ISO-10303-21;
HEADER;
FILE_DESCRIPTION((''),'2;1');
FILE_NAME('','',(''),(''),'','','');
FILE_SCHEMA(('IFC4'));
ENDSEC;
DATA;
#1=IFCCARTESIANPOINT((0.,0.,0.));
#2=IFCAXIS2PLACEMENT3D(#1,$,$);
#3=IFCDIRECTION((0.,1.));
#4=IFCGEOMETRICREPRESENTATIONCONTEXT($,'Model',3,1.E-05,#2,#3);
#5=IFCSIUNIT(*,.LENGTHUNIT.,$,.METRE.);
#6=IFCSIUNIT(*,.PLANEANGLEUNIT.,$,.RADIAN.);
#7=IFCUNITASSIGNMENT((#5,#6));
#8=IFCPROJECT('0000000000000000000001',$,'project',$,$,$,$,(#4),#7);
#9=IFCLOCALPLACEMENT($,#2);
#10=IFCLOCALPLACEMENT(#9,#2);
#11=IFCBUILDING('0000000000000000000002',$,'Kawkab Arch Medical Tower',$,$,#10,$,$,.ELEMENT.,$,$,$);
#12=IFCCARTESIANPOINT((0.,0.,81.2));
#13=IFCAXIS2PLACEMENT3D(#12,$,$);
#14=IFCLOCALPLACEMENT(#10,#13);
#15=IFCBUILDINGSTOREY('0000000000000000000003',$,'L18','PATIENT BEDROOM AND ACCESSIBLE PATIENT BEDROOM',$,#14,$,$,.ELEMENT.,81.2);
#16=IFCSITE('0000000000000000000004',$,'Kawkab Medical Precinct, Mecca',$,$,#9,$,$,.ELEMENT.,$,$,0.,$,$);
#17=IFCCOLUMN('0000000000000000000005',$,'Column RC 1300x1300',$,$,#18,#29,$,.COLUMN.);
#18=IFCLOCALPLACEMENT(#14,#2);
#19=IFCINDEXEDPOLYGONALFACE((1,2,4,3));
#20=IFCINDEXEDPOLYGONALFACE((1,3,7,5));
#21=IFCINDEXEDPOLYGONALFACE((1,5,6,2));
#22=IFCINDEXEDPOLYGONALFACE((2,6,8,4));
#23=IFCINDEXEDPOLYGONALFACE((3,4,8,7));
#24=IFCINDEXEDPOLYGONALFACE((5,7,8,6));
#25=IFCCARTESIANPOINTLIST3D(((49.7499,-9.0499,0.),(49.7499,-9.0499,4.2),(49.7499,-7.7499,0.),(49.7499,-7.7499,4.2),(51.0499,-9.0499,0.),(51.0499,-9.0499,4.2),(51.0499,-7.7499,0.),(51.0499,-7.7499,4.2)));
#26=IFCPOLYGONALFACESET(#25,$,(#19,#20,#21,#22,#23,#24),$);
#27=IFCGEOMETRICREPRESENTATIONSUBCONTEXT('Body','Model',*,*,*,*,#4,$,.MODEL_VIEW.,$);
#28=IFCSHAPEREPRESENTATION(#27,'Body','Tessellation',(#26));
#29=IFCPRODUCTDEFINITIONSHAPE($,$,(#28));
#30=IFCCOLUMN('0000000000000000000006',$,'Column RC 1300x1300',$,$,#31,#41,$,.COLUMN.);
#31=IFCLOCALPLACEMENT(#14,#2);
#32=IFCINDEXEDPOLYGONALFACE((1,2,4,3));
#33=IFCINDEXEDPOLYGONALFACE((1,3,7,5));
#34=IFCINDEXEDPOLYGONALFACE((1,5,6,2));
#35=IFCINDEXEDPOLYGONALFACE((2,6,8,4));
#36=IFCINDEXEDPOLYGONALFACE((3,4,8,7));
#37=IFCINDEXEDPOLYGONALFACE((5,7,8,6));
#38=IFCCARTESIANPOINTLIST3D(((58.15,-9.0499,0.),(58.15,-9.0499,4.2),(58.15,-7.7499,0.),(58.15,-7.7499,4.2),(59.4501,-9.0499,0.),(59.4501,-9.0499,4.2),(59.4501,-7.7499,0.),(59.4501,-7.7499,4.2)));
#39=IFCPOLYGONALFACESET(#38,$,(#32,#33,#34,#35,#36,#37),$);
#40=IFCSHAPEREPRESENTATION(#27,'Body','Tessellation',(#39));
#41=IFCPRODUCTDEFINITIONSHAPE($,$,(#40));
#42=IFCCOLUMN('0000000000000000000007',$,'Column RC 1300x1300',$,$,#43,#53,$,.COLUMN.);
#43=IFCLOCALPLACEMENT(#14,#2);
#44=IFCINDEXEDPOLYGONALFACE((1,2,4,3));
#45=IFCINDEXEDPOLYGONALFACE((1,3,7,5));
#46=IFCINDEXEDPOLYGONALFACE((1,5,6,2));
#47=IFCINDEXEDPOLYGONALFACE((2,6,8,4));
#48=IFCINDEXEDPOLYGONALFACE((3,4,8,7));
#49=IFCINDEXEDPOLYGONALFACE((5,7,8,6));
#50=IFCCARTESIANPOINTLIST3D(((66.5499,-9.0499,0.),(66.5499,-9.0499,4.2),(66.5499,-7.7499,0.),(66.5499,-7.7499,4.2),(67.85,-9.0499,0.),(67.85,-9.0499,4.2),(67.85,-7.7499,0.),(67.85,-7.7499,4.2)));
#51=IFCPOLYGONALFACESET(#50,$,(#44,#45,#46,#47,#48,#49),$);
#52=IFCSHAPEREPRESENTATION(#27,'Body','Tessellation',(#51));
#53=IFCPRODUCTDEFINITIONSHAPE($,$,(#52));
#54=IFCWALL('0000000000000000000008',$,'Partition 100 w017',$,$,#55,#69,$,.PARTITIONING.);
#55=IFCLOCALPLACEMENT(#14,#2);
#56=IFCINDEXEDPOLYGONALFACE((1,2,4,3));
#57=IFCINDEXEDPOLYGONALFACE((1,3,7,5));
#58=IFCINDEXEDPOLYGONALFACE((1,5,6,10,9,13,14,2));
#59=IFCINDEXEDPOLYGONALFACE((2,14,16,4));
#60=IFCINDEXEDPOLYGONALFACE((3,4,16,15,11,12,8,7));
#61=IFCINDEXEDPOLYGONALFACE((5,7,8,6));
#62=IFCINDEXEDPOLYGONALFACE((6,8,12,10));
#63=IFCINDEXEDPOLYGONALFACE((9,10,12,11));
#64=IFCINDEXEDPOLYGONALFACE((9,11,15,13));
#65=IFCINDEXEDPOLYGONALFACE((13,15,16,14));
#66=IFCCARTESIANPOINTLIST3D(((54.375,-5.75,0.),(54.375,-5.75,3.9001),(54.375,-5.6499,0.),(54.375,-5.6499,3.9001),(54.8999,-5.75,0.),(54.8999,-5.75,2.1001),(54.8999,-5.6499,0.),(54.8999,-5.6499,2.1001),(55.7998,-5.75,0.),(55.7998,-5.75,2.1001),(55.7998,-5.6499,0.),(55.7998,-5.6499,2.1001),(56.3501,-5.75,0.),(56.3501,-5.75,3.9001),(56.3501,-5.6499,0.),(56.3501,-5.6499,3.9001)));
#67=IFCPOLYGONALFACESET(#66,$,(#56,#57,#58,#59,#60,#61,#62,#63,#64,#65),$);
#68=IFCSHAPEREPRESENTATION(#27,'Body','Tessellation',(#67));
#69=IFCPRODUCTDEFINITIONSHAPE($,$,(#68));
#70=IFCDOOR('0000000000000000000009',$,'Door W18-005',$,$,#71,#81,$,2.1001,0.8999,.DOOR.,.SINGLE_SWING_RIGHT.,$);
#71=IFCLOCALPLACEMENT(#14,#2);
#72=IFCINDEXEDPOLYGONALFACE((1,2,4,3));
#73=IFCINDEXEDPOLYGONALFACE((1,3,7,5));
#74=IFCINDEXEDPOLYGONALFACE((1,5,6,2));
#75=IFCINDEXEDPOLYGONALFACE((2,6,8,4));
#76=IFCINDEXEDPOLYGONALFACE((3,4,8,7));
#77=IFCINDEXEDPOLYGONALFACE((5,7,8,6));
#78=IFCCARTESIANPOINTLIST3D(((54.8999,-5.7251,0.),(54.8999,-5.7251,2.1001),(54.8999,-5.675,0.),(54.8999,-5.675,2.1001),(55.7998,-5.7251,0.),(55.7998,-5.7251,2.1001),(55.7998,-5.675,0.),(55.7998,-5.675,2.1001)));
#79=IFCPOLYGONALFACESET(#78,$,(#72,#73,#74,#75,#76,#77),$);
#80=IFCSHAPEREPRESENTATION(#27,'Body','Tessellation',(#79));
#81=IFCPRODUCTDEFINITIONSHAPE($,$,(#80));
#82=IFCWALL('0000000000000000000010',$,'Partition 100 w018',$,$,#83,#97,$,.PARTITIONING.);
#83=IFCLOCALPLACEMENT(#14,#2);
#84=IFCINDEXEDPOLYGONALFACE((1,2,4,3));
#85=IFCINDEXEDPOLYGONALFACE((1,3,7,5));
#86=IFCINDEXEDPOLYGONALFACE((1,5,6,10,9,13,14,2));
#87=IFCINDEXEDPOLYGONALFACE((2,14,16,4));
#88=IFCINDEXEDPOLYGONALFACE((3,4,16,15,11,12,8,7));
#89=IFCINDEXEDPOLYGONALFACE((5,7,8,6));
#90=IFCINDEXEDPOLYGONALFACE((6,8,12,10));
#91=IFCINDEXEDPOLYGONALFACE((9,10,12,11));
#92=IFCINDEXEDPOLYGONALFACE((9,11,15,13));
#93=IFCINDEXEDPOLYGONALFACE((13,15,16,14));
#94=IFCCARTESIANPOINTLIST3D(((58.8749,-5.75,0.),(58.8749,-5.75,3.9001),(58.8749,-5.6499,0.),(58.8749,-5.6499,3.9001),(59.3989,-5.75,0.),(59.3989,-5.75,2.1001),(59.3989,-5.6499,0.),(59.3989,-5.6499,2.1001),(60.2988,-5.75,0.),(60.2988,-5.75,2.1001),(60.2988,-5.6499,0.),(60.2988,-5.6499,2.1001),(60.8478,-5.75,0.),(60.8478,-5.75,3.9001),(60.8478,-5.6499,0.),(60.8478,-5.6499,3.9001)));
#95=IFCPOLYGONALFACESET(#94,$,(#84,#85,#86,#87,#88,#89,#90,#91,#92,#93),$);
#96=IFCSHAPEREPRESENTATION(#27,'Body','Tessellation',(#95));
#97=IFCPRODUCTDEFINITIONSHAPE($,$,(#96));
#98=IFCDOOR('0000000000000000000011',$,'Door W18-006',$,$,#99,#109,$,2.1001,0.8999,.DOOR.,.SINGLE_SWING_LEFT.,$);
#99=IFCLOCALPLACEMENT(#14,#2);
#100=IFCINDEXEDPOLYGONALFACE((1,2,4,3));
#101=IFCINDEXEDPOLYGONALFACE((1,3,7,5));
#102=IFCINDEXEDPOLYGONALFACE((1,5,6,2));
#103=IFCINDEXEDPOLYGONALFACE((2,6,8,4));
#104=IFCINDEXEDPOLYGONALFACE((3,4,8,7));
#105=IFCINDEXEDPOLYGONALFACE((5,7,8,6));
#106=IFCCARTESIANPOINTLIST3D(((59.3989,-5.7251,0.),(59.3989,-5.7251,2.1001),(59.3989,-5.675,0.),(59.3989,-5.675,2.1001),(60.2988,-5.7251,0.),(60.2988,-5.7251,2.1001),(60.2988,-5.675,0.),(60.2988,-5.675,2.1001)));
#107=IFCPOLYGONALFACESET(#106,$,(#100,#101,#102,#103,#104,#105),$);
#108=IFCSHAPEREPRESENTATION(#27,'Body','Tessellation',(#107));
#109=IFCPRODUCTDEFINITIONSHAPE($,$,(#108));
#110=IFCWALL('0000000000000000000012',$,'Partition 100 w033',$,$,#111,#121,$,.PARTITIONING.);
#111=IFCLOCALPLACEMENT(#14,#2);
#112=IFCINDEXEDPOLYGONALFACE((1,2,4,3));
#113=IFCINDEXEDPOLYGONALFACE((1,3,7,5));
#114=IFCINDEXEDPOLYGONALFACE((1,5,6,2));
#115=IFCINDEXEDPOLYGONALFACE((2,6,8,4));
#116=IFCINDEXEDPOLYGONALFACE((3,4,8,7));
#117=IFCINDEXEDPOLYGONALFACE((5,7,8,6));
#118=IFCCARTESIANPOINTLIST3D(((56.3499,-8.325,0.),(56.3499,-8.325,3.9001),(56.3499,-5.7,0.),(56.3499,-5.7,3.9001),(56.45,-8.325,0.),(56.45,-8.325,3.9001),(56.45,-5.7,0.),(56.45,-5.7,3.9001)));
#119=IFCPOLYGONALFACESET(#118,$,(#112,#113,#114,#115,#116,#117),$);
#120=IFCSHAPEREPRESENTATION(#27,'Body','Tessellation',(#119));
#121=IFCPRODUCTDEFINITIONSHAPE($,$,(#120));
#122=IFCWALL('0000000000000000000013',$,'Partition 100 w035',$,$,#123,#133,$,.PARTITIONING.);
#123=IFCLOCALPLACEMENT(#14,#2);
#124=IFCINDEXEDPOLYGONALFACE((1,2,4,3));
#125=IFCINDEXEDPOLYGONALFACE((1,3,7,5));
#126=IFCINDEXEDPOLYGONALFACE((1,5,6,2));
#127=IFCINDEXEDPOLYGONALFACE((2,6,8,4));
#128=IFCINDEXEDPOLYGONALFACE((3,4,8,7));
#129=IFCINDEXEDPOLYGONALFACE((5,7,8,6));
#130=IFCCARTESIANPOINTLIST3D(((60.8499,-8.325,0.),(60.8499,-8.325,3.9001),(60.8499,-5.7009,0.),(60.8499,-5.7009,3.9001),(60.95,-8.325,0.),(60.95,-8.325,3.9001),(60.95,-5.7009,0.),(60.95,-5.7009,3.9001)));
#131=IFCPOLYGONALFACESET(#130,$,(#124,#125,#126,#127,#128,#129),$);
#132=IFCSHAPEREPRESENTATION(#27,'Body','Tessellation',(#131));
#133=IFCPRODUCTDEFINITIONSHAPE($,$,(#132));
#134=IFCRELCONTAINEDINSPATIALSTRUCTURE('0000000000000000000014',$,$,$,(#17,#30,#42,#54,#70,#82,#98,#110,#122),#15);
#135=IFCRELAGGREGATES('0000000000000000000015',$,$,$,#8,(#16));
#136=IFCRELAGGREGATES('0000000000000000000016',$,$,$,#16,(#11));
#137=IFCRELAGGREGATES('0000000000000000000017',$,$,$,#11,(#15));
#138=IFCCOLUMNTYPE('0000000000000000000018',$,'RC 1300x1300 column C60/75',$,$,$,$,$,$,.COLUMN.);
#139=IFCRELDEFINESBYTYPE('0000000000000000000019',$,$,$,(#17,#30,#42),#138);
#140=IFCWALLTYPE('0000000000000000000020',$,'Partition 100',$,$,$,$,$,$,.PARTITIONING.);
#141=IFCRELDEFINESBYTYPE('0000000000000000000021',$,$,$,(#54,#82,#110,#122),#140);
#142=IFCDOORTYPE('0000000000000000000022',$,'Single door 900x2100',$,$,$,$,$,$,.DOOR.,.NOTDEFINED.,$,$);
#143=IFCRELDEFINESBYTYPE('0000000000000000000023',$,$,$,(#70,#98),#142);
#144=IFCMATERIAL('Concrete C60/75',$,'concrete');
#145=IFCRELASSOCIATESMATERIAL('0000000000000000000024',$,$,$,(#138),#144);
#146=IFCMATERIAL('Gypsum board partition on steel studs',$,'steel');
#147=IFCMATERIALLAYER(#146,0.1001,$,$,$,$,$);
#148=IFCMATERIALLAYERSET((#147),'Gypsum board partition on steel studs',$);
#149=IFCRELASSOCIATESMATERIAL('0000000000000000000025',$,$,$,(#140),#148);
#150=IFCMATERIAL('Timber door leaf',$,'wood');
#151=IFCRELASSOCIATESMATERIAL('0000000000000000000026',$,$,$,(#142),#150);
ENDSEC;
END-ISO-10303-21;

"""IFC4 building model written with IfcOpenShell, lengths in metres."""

from ifc_helpers import new_model, si_unit, direction, frame, frame_2d, origin, origin_2d, place, context, subcontext, project, spatial, rectangle, extrude, material, layer, layer_set, material_profile, profile_set, type_object, element, fill, save


model = new_model("IFC4")

# Units and contexts
model_context = context("Model", 3, precision=1e-05, world=origin(), true_north=direction((0.0, 1.0)))
body_context = subcontext(model_context, "Body", "Model", "MODEL_VIEW")
ifc_project = project(units=[si_unit("LENGTHUNIT", "METRE"), si_unit("PLANEANGLEUNIT", "RADIAN")], contexts=[model_context])

# Site, building, storey
site_placement = place(None, origin())
site = spatial("IfcSite", under=ifc_project, at=site_placement, Name="Kawkab Medical Precinct, Mecca", CompositionType="ELEMENT", RefElevation=0.0)
building_placement = place(site_placement, origin())
building = spatial("IfcBuilding", under=site, at=building_placement, Name="Kawkab Arch Medical Tower", CompositionType="ELEMENT")
storey_placement = place(building_placement, frame((0.0, 0.0, 81.2)))
storey = spatial("IfcBuildingStorey", under=building, at=storey_placement, Name="L18", Description="PATIENT BEDROOM AND ACCESSIBLE PATIENT BEDROOM", CompositionType="ELEMENT", Elevation=81.2)

# Columns
ifc_material_1 = material(Name="Concrete C60/75", Category="concrete")
ifc_material_profile = material_profile(ifc_material_1, rectangle(XDim=1.3, YDim=1.3, at=origin_2d()), Name="RC 1300x1300")
ifc_profile_set = profile_set([ifc_material_profile], Name="Concrete C60/75")
column_type = type_object("IfcColumnType", Name="RC 1300x1300 column C60/75", PredefinedType="COLUMN", material=ifc_profile_set)
for number, where, z_axis, x_axis, name in (
    (1, (50.3999, -8.3999, 0.0), (0.0, 0.0, 1.0), (1.0, 0.0, 0.0), "Column RC 1300x1300"),
    (2, (58.8, -8.3999, 0.0), (0.0, 0.0, 1.0), (1.0, 0.0, 0.0), "Column RC 1300x1300"),
    (3, (67.2, -8.3999, 0.0), (0.0, 0.0, 1.0), (1.0, 0.0, 0.0), "Column RC 1300x1300"),
):
    element("IfcColumn", number, at=place(storey_placement, frame(where, z_axis=z_axis, x_axis=x_axis)), inside=storey, type_object=column_type, Name=name, PredefinedType="COLUMN", context=body_context, shape_type="SweptSolid", body=[
        extrude(rectangle(XDim=1.3, YDim=1.3, at=origin_2d()), origin(), (0.0, 0.0, 1.0), 4.2),
    ])

# Walls, openings, doors
ifc_material_2 = material(Name="Gypsum board partition on steel studs", Category="steel")
ifc_layer_1 = layer(ifc_material_2, 0.1001)
ifc_layer_set_1 = layer_set([ifc_layer_1], Name="Gypsum board partition on steel studs")
wall_type_1 = type_object("IfcWallType", Name="Partition 100", PredefinedType="PARTITIONING", material=ifc_layer_set_1)
wall_1_placement = place(storey_placement, frame((54.375, -5.7, 0.0), z_axis=(0.0, 0.0, 1.0), x_axis=(1.0, 0.0, 0.0)))
wall_1 = element("IfcWall", 4, at=wall_1_placement, inside=storey, type_object=wall_type_1, Name="Partition 100 w017", PredefinedType="PARTITIONING", context=body_context, shape_type="SweptSolid", body=[
    extrude(rectangle(XDim=1.9751, YDim=0.1001, at=frame_2d((0.9875, 0.0))), origin(), (0.0, 0.0, 1.0), 3.9001),
])
opening_1_placement = place(wall_1_placement, frame((0.5249, 0.0, 0.0)))
opening_1 = element("IfcOpeningElement", 5, at=opening_1_placement, cuts=wall_1, PredefinedType="OPENING", context=body_context, shape_type="SweptSolid", body=[
    extrude(rectangle(XDim=0.8999, YDim=2.1001, at=frame_2d((0.45, 1.05))), frame((0.0, 0.0601, 0.0), z_axis=(0.0, -1.0, 0.0), x_axis=(1.0, 0.0, 0.0)), (0.0, 0.0, 1.0), 0.1201),
])
ifc_material_3 = material(Name="Timber door leaf", Category="wood")
door_type_1 = type_object("IfcDoorType", Name="Single door 900x2100", OperationType="NOTDEFINED", PredefinedType="DOOR", material=ifc_material_3)
door_1_placement = place(opening_1_placement, origin())
door_1 = element("IfcDoor", 6, at=door_1_placement, inside=storey, type_object=door_type_1, Name="Door W18-005", OperationType="SINGLE_SWING_RIGHT", OverallHeight=2.1001, OverallWidth=0.8999, PredefinedType="DOOR", context=body_context, shape_type="SweptSolid", body=[
    extrude(rectangle(XDim=0.8999, YDim=2.1001, at=frame_2d((0.45, 1.05))), frame((0.0, 0.0249, 0.0), z_axis=(0.0, -1.0, 0.0), x_axis=(1.0, 0.0, 0.0)), (0.0, 0.0, 1.0), 0.05),
])
fill(opening_1, door_1)
wall_2_placement = place(storey_placement, frame((58.875, -5.7, 0.0), z_axis=(0.0, 0.0, 1.0), x_axis=(1.0, 0.0, 0.0)))
wall_2 = element("IfcWall", 7, at=wall_2_placement, inside=storey, type_object=wall_type_1, Name="Partition 100 w018", PredefinedType="PARTITIONING", context=body_context, shape_type="SweptSolid", body=[
    extrude(rectangle(XDim=1.9729, YDim=0.1001, at=frame_2d((0.9863, 0.0))), origin(), (0.0, 0.0, 1.0), 3.9001),
])
opening_2_placement = place(wall_2_placement, frame((0.5239, 0.0, 0.0)))
opening_2 = element("IfcOpeningElement", 8, at=opening_2_placement, cuts=wall_2, PredefinedType="OPENING", context=body_context, shape_type="SweptSolid", body=[
    extrude(rectangle(XDim=0.8999, YDim=2.1001, at=frame_2d((0.45, 1.05))), frame((0.0, 0.0601, 0.0), z_axis=(0.0, -1.0, 0.0), x_axis=(1.0, 0.0, 0.0)), (0.0, 0.0, 1.0), 0.1201),
])
door_2_placement = place(opening_2_placement, origin())
door_2 = element("IfcDoor", 9, at=door_2_placement, inside=storey, type_object=door_type_1, Name="Door W18-006", OperationType="SINGLE_SWING_LEFT", OverallHeight=2.1001, OverallWidth=0.8999, PredefinedType="DOOR", context=body_context, shape_type="SweptSolid", body=[
    extrude(rectangle(XDim=0.8999, YDim=2.1001, at=frame_2d((0.45, 1.05))), frame((0.0, 0.0249, 0.0), z_axis=(0.0, -1.0, 0.0), x_axis=(1.0, 0.0, 0.0)), (0.0, 0.0, 1.0), 0.05),
])
fill(opening_2, door_2)

# Walls
wall_3_placement = place(storey_placement, frame((56.3999, -8.325, 0.0), z_axis=(0.0, 0.0, 1.0), x_axis=(0.0, 1.0, 0.0)))
element("IfcWall", 10, at=wall_3_placement, inside=storey, type_object=wall_type_1, Name="Partition 100 w033", PredefinedType="PARTITIONING", context=body_context, shape_type="SweptSolid", body=[
    extrude(rectangle(XDim=2.625, YDim=0.1001, at=frame_2d((1.3125, 0.0))), origin(), (0.0, 0.0, 1.0), 3.9001),
])
wall_4_placement = place(storey_placement, frame((60.8999, -8.325, 0.0), z_axis=(0.0, 0.0, 1.0), x_axis=(0.0, 1.0, 0.0)))
element("IfcWall", 11, at=wall_4_placement, inside=storey, type_object=wall_type_1, Name="Partition 100 w035", PredefinedType="PARTITIONING", context=body_context, shape_type="SweptSolid", body=[
    extrude(rectangle(XDim=2.624, YDim=0.1001, at=frame_2d((1.312, 0.0))), origin(), (0.0, 0.0, 1.0), 3.9001),
])

save(model, "model.ifc")
